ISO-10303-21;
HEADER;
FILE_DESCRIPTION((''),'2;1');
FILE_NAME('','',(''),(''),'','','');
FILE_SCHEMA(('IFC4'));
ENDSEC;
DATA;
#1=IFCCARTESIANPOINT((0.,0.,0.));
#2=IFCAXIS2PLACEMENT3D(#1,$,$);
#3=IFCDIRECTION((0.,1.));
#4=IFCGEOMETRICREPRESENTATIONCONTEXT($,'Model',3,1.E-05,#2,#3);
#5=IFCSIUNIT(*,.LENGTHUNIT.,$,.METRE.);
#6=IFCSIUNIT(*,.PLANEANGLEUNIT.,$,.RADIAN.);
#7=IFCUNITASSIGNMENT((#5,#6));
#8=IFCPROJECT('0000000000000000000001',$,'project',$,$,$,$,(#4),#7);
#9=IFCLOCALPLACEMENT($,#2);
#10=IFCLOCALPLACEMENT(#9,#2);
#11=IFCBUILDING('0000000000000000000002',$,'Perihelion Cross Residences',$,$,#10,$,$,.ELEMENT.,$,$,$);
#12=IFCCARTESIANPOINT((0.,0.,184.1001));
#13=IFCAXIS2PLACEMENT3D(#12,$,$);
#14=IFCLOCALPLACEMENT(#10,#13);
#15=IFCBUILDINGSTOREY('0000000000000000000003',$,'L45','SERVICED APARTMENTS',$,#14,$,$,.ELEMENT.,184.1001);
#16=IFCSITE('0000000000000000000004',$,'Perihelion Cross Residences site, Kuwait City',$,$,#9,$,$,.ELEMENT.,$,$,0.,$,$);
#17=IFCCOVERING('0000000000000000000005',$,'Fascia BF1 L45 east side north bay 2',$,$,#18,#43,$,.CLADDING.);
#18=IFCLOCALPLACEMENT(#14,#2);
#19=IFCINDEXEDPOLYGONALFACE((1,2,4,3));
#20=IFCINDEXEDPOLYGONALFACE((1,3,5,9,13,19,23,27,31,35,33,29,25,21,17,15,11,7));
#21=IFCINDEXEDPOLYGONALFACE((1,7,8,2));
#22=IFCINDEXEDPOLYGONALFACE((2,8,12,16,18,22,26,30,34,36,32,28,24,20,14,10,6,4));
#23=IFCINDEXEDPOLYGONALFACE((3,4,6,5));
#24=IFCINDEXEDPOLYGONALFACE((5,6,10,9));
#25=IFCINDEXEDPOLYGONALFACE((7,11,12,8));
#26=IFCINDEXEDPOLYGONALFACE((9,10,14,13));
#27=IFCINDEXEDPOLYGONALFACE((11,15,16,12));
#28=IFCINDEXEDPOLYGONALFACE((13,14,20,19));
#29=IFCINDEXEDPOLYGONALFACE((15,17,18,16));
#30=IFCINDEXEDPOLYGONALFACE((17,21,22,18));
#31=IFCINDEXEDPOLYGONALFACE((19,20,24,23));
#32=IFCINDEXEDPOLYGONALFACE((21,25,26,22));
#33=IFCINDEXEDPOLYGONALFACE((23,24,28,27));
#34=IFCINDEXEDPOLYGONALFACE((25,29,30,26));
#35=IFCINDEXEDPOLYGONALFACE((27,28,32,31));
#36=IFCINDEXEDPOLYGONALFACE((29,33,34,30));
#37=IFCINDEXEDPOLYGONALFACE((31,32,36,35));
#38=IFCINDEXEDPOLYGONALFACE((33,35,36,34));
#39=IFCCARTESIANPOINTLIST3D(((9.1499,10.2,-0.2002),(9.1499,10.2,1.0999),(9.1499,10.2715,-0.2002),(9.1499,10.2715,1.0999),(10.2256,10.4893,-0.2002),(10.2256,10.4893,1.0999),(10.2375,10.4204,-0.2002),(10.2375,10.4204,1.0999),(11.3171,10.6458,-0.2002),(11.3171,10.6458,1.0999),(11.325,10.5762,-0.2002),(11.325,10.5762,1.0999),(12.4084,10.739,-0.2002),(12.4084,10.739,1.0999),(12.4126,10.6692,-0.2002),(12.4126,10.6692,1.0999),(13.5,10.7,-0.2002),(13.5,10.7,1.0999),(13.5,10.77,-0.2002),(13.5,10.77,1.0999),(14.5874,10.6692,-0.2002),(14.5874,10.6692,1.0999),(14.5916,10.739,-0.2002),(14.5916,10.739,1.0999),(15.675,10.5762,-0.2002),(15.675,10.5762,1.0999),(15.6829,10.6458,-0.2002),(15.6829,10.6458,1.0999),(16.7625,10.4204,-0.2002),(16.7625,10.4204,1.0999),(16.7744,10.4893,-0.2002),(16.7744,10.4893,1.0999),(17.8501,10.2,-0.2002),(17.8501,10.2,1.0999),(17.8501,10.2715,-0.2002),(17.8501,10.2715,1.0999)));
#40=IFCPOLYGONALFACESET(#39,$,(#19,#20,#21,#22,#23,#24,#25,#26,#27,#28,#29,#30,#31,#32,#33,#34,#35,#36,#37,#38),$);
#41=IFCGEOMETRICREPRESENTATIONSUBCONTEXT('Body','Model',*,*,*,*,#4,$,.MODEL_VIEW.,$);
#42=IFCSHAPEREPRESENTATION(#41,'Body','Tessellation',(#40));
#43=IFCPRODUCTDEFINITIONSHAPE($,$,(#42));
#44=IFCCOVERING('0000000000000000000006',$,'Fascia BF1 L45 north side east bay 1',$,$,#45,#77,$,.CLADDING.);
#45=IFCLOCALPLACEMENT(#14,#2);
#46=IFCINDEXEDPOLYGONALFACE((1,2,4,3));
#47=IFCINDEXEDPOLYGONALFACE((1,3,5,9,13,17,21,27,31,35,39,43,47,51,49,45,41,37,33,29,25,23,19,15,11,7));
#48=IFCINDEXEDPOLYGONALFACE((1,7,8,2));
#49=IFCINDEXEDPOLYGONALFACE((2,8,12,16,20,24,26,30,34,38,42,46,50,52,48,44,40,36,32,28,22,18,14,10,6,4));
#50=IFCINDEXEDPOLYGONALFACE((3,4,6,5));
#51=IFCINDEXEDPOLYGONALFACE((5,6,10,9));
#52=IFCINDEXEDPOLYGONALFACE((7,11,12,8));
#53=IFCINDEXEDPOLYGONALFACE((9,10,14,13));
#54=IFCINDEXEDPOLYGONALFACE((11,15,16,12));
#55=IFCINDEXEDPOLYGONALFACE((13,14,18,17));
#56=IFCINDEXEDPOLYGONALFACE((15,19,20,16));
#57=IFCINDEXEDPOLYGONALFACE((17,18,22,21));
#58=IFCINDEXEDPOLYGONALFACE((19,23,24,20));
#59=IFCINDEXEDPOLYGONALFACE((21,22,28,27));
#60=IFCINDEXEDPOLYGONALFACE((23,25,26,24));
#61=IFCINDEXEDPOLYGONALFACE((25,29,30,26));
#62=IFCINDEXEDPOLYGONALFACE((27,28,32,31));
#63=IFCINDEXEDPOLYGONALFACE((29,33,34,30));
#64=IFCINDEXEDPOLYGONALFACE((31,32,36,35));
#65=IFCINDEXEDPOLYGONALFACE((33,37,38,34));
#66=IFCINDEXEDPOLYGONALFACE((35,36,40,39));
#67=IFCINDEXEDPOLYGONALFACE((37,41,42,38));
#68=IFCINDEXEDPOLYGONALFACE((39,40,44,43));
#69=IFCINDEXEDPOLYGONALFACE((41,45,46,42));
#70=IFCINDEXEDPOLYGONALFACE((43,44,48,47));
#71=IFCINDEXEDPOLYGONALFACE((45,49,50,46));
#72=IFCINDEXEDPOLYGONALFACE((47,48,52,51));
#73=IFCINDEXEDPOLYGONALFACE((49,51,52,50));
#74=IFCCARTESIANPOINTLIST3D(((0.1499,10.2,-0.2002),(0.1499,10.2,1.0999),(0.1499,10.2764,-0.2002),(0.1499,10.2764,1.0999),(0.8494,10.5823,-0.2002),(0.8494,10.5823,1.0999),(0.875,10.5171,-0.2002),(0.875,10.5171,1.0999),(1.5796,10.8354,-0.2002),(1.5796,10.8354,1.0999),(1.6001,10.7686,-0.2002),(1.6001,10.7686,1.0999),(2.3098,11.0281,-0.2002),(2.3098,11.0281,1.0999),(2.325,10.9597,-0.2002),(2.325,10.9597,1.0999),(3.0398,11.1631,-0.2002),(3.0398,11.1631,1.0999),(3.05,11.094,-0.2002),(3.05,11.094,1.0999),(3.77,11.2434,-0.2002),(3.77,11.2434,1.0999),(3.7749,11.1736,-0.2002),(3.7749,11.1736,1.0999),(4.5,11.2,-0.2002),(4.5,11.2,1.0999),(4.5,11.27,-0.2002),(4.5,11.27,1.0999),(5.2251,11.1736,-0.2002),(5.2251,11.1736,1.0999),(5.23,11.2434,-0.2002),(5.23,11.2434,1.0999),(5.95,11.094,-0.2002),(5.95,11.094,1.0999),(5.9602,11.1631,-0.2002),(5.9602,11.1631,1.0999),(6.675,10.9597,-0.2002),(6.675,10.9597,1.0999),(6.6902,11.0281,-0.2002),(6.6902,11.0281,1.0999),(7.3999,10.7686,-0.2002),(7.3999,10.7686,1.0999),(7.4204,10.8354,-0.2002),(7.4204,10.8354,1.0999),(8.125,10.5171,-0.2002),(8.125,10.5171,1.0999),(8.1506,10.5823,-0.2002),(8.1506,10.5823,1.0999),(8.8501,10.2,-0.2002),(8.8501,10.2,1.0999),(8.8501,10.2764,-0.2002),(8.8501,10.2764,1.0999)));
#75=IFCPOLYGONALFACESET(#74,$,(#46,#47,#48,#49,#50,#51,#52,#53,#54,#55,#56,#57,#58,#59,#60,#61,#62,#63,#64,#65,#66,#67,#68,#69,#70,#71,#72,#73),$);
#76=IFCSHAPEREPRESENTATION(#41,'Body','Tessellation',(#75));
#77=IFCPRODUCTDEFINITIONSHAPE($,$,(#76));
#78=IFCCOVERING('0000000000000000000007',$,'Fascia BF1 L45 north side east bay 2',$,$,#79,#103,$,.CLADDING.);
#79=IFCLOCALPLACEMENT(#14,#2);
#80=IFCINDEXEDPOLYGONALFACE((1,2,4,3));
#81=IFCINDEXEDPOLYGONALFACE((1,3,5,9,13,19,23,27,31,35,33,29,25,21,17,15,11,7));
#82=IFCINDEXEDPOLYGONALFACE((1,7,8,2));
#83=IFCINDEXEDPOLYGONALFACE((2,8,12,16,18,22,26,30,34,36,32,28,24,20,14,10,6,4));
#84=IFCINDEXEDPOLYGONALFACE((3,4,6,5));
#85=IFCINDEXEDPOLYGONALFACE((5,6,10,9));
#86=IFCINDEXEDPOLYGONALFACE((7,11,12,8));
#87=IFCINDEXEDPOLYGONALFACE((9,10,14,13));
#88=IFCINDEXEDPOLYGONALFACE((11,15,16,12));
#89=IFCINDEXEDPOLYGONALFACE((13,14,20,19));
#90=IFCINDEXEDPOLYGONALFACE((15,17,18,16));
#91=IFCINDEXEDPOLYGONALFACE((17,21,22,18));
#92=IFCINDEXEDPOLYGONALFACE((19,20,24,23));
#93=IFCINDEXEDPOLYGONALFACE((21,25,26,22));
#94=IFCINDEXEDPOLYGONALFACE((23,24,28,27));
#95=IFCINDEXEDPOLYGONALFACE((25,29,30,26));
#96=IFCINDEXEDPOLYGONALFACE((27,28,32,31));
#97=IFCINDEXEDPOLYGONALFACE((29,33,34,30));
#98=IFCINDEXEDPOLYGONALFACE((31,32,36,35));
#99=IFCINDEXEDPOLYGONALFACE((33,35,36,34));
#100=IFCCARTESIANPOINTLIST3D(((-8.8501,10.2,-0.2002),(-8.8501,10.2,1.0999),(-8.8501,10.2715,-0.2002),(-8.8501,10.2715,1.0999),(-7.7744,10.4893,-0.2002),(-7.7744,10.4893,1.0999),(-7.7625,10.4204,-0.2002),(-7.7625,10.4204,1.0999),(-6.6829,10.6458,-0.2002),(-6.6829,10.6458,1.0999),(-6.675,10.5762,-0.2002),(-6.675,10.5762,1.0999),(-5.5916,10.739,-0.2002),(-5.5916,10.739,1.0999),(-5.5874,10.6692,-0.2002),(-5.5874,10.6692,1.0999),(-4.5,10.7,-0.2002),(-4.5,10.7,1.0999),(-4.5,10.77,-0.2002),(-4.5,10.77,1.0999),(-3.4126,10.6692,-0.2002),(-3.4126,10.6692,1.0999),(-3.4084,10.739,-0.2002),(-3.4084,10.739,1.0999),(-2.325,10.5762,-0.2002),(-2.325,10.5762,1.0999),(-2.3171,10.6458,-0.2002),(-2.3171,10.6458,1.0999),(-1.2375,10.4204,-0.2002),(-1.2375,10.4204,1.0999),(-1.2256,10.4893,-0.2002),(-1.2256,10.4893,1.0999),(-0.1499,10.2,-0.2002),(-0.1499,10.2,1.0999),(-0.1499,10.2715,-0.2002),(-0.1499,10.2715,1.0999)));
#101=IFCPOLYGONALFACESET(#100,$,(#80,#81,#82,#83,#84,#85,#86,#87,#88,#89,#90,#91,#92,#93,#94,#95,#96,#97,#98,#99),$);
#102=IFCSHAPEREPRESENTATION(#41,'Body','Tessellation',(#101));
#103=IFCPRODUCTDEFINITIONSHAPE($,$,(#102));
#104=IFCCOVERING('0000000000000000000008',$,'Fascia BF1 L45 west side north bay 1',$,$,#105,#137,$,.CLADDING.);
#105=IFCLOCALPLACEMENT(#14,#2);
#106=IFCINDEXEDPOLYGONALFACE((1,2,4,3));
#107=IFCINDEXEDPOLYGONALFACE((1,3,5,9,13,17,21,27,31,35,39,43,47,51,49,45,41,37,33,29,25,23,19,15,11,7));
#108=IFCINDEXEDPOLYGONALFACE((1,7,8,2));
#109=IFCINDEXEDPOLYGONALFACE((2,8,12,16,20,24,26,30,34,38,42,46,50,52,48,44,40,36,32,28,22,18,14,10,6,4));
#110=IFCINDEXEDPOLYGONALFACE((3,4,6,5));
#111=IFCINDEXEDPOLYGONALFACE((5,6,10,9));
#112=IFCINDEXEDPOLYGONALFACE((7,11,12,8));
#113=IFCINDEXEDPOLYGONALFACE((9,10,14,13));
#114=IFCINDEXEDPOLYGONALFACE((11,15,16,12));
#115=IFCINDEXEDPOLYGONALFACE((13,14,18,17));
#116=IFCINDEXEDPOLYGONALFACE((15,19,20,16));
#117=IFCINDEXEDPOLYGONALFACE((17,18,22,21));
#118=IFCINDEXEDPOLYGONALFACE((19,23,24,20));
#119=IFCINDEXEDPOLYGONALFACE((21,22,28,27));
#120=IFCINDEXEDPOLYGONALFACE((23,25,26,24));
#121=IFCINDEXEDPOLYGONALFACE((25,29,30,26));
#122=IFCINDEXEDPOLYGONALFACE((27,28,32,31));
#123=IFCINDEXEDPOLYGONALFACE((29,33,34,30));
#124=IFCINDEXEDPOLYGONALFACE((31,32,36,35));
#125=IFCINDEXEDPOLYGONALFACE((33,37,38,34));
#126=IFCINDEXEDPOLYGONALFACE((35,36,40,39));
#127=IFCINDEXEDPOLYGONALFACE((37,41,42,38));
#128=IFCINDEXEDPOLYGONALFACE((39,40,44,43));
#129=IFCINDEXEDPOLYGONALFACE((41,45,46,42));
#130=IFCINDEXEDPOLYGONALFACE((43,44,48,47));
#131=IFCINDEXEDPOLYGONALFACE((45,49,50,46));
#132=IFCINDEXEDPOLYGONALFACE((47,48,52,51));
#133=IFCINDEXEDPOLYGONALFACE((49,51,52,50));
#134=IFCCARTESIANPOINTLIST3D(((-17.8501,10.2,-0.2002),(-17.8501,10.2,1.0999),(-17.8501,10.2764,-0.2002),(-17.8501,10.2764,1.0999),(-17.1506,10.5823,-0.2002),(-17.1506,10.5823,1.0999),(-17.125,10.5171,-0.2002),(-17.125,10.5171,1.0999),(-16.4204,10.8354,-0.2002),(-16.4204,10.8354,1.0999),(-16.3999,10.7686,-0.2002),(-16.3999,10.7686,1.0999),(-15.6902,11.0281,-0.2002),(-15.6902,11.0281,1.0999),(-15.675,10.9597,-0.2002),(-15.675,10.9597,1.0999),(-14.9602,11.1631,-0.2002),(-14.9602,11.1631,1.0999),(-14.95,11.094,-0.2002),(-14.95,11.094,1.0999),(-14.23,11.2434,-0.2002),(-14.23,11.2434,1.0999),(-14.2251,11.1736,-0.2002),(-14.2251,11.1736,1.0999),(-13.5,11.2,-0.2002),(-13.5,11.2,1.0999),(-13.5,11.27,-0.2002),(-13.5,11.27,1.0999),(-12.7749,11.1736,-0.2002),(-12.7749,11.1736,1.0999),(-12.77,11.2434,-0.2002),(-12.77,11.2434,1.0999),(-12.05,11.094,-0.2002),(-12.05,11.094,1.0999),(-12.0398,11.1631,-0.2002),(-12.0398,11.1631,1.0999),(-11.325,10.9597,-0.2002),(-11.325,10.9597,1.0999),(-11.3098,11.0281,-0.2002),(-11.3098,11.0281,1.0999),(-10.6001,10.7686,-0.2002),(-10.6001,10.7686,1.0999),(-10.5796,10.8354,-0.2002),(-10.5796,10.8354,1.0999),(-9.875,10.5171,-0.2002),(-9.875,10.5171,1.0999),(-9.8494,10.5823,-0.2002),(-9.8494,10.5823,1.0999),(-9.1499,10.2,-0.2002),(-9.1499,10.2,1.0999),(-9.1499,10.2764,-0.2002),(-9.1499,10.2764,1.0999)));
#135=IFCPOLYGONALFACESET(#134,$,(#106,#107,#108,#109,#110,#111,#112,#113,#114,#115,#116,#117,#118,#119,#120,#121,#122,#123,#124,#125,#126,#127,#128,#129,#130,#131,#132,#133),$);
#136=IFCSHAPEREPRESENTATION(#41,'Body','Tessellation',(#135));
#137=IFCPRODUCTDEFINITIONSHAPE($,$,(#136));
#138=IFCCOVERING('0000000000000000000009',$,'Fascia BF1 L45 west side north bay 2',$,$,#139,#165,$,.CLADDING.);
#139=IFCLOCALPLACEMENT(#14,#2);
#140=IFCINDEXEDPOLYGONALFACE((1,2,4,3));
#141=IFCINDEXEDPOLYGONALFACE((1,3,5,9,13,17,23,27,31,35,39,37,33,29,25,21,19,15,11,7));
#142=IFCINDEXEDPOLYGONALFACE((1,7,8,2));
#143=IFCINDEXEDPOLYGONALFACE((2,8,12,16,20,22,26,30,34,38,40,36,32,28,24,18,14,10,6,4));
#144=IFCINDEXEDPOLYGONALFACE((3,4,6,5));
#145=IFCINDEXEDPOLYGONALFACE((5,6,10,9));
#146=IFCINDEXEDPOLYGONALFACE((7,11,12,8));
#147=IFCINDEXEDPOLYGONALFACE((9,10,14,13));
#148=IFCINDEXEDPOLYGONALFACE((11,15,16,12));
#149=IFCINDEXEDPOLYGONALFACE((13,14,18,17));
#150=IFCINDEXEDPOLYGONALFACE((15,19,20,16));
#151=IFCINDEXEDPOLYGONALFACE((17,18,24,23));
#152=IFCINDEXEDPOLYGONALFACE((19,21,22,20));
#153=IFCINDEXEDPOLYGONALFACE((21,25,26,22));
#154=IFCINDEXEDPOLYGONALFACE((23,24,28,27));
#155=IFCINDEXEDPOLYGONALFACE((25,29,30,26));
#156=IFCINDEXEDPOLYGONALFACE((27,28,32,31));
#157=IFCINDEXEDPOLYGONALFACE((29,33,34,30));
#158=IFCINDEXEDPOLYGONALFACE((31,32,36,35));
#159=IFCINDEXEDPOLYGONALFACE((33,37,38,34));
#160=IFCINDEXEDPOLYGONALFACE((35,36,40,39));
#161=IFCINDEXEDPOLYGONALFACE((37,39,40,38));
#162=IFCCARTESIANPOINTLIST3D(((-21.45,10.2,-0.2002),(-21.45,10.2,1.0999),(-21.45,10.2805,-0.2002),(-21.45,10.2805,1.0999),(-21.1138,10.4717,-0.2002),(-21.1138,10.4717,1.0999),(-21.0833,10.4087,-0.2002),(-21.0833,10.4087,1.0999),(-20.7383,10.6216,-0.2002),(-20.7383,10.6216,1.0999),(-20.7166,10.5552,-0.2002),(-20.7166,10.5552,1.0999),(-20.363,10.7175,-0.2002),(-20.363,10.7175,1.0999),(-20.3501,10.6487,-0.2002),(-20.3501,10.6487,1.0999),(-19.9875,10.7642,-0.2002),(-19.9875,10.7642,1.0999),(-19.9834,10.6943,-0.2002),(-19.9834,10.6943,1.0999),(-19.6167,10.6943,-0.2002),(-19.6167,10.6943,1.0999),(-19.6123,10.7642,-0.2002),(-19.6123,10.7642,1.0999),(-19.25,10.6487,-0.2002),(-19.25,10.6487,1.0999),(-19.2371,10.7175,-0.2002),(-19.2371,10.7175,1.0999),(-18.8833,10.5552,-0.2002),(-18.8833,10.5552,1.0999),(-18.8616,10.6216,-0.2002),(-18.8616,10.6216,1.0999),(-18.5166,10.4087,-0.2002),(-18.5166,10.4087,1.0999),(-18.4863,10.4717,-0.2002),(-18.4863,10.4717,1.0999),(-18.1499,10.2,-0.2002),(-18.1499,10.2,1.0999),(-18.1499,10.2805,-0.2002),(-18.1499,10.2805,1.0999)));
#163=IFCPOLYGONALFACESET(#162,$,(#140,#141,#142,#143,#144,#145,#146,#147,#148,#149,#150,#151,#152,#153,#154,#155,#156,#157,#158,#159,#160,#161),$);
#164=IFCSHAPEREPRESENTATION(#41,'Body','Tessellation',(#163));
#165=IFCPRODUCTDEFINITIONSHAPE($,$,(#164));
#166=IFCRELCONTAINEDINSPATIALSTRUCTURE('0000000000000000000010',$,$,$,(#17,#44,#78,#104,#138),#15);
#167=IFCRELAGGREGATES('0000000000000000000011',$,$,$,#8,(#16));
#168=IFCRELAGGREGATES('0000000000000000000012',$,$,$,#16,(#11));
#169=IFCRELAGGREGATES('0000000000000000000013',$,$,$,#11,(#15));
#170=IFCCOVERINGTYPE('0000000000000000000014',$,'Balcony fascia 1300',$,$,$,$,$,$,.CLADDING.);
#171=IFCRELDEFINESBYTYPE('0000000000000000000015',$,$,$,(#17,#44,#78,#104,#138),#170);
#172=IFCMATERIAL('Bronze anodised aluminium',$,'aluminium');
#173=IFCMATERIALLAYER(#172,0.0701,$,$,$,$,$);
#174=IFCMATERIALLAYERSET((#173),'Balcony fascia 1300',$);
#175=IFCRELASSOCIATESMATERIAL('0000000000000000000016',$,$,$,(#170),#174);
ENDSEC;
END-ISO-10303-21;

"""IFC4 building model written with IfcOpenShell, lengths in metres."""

from ifc_helpers import new_model, si_unit, direction, frame, origin, place, context, subcontext, project, spatial, polyline, outline, extrude, material, layer, layer_set, type_object, element, save


model = new_model("IFC4")

# Units and contexts
model_context = context("Model", 3, precision=1e-05, world=origin(), true_north=direction((0.0, 1.0)))
body_context = subcontext(model_context, "Body", "Model", "MODEL_VIEW")
ifc_project = project(units=[si_unit("LENGTHUNIT", "METRE"), si_unit("PLANEANGLEUNIT", "RADIAN")], contexts=[model_context])

# Site, building, storey
site_placement = place(None, origin())
site = spatial("IfcSite", under=ifc_project, at=site_placement, Name="Perihelion Cross Residences site, Kuwait City", CompositionType="ELEMENT", RefElevation=0.0)
building_placement = place(site_placement, origin())
building = spatial("IfcBuilding", under=site, at=building_placement, Name="Perihelion Cross Residences", CompositionType="ELEMENT")
storey_placement = place(building_placement, frame((0.0, 0.0, 184.1001)))
storey = spatial("IfcBuildingStorey", under=building, at=storey_placement, Name="L45", Description="SERVICED APARTMENTS", CompositionType="ELEMENT", Elevation=184.1001)

# Coverings
ifc_material_1 = material(Name="Bronze anodised aluminium", Category="aluminium")
ifc_layer_1 = layer(ifc_material_1, 0.0701)
ifc_layer_set_1 = layer_set([ifc_layer_1], Name="Balcony fascia 1300")
covering_type = type_object("IfcCoveringType", Name="Balcony fascia 1300", PredefinedType="CLADDING", material=ifc_layer_set_1)
covering_1_placement = place(storey_placement, frame((0.0, 0.0, -0.2002)))
element("IfcCovering", 1, at=covering_1_placement, inside=storey, type_object=covering_type, Name="Fascia BF1 L45 east side north bay 2", PredefinedType="CLADDING", context=body_context, shape_type="SweptSolid", body=[
    extrude(outline(polyline([(16.7744, 10.4893), (15.6829, 10.6458), (14.5916, 10.739), (13.5, 10.77), (12.4084, 10.739), (11.3171, 10.6458), (10.2256, 10.4893), (9.1499, 10.2715), (9.1499, 10.2), (10.2375, 10.4204), (11.325, 10.5762), (12.4126, 10.6692), (13.5, 10.7), (14.5874, 10.6692), (15.675, 10.5762), (16.7625, 10.4204), (17.8501, 10.2), (17.8501, 10.2715), (16.7744, 10.4893)])), origin(), (0.0, 0.0, 1.0), 1.3),
])
covering_2_placement = place(storey_placement, frame((0.0, 0.0, -0.2002)))
element("IfcCovering", 2, at=covering_2_placement, inside=storey, type_object=covering_type, Name="Fascia BF1 L45 north side east bay 1", PredefinedType="CLADDING", context=body_context, shape_type="SweptSolid", body=[
    extrude(outline(polyline([(8.1506, 10.5823), (7.4204, 10.8354), (6.6902, 11.0281), (5.9602, 11.1631), (5.23, 11.2434), (4.5, 11.27), (3.77, 11.2434), (3.0398, 11.1631), (2.3098, 11.0281), (1.5796, 10.8354), (0.8494, 10.5823), (0.1499, 10.2764), (0.1499, 10.2), (0.875, 10.5171), (1.6001, 10.7686), (2.325, 10.9597), (3.05, 11.094), (3.7749, 11.1736), (4.5, 11.2), (5.2251, 11.1736), (5.95, 11.094), (6.675, 10.9597), (7.3999, 10.7686), (8.125, 10.5171), (8.8501, 10.2), (8.8501, 10.2764), (8.1506, 10.5823)])), origin(), (0.0, 0.0, 1.0), 1.3),
])
covering_3_placement = place(storey_placement, frame((0.0, 0.0, -0.2002)))
element("IfcCovering", 3, at=covering_3_placement, inside=storey, type_object=covering_type, Name="Fascia BF1 L45 north side east bay 2", PredefinedType="CLADDING", context=body_context, shape_type="SweptSolid", body=[
    extrude(outline(polyline([(-1.2256, 10.4893), (-2.3171, 10.6458), (-3.4084, 10.739), (-4.5, 10.77), (-5.5916, 10.739), (-6.6829, 10.6458), (-7.7744, 10.4893), (-8.8501, 10.2715), (-8.8501, 10.2), (-7.7625, 10.4204), (-6.675, 10.5762), (-5.5874, 10.6692), (-4.5, 10.7), (-3.4126, 10.6692), (-2.325, 10.5762), (-1.2375, 10.4204), (-0.1499, 10.2), (-0.1499, 10.2715), (-1.2256, 10.4893)])), origin(), (0.0, 0.0, 1.0), 1.3),
])
covering_4_placement = place(storey_placement, frame((0.0, 0.0, -0.2002)))
element("IfcCovering", 4, at=covering_4_placement, inside=storey, type_object=covering_type, Name="Fascia BF1 L45 west side north bay 1", PredefinedType="CLADDING", context=body_context, shape_type="SweptSolid", body=[
    extrude(outline(polyline([(-9.8494, 10.5823), (-10.5796, 10.8354), (-11.3098, 11.0281), (-12.0398, 11.1631), (-12.77, 11.2434), (-13.5, 11.27), (-14.23, 11.2434), (-14.9602, 11.1631), (-15.6902, 11.0281), (-16.4204, 10.8354), (-17.1506, 10.5823), (-17.8501, 10.2764), (-17.8501, 10.2), (-17.125, 10.5171), (-16.3999, 10.7686), (-15.675, 10.9597), (-14.95, 11.094), (-14.2251, 11.1736), (-13.5, 11.2), (-12.7749, 11.1736), (-12.05, 11.094), (-11.325, 10.9597), (-10.6001, 10.7686), (-9.875, 10.5171), (-9.1499, 10.2), (-9.1499, 10.2764), (-9.8494, 10.5823)])), origin(), (0.0, 0.0, 1.0), 1.3),
])
covering_5_placement = place(storey_placement, frame((0.0, 0.0, -0.2002)))
element("IfcCovering", 5, at=covering_5_placement, inside=storey, type_object=covering_type, Name="Fascia BF1 L45 west side north bay 2", PredefinedType="CLADDING", context=body_context, shape_type="SweptSolid", body=[
    extrude(outline(polyline([(-18.4863, 10.4717), (-18.8616, 10.6216), (-19.2371, 10.7175), (-19.6123, 10.7642), (-19.9875, 10.7642), (-20.363, 10.7175), (-20.7383, 10.6216), (-21.1138, 10.4717), (-21.45, 10.2805), (-21.45, 10.2), (-21.0833, 10.4087), (-20.7166, 10.5552), (-20.3501, 10.6487), (-19.9834, 10.6943), (-19.6167, 10.6943), (-19.25, 10.6487), (-18.8833, 10.5552), (-18.5166, 10.4087), (-18.1499, 10.2), (-18.1499, 10.2805), (-18.4863, 10.4717)])), origin(), (0.0, 0.0, 1.0), 1.3),
])

save(model, "model.ifc")
